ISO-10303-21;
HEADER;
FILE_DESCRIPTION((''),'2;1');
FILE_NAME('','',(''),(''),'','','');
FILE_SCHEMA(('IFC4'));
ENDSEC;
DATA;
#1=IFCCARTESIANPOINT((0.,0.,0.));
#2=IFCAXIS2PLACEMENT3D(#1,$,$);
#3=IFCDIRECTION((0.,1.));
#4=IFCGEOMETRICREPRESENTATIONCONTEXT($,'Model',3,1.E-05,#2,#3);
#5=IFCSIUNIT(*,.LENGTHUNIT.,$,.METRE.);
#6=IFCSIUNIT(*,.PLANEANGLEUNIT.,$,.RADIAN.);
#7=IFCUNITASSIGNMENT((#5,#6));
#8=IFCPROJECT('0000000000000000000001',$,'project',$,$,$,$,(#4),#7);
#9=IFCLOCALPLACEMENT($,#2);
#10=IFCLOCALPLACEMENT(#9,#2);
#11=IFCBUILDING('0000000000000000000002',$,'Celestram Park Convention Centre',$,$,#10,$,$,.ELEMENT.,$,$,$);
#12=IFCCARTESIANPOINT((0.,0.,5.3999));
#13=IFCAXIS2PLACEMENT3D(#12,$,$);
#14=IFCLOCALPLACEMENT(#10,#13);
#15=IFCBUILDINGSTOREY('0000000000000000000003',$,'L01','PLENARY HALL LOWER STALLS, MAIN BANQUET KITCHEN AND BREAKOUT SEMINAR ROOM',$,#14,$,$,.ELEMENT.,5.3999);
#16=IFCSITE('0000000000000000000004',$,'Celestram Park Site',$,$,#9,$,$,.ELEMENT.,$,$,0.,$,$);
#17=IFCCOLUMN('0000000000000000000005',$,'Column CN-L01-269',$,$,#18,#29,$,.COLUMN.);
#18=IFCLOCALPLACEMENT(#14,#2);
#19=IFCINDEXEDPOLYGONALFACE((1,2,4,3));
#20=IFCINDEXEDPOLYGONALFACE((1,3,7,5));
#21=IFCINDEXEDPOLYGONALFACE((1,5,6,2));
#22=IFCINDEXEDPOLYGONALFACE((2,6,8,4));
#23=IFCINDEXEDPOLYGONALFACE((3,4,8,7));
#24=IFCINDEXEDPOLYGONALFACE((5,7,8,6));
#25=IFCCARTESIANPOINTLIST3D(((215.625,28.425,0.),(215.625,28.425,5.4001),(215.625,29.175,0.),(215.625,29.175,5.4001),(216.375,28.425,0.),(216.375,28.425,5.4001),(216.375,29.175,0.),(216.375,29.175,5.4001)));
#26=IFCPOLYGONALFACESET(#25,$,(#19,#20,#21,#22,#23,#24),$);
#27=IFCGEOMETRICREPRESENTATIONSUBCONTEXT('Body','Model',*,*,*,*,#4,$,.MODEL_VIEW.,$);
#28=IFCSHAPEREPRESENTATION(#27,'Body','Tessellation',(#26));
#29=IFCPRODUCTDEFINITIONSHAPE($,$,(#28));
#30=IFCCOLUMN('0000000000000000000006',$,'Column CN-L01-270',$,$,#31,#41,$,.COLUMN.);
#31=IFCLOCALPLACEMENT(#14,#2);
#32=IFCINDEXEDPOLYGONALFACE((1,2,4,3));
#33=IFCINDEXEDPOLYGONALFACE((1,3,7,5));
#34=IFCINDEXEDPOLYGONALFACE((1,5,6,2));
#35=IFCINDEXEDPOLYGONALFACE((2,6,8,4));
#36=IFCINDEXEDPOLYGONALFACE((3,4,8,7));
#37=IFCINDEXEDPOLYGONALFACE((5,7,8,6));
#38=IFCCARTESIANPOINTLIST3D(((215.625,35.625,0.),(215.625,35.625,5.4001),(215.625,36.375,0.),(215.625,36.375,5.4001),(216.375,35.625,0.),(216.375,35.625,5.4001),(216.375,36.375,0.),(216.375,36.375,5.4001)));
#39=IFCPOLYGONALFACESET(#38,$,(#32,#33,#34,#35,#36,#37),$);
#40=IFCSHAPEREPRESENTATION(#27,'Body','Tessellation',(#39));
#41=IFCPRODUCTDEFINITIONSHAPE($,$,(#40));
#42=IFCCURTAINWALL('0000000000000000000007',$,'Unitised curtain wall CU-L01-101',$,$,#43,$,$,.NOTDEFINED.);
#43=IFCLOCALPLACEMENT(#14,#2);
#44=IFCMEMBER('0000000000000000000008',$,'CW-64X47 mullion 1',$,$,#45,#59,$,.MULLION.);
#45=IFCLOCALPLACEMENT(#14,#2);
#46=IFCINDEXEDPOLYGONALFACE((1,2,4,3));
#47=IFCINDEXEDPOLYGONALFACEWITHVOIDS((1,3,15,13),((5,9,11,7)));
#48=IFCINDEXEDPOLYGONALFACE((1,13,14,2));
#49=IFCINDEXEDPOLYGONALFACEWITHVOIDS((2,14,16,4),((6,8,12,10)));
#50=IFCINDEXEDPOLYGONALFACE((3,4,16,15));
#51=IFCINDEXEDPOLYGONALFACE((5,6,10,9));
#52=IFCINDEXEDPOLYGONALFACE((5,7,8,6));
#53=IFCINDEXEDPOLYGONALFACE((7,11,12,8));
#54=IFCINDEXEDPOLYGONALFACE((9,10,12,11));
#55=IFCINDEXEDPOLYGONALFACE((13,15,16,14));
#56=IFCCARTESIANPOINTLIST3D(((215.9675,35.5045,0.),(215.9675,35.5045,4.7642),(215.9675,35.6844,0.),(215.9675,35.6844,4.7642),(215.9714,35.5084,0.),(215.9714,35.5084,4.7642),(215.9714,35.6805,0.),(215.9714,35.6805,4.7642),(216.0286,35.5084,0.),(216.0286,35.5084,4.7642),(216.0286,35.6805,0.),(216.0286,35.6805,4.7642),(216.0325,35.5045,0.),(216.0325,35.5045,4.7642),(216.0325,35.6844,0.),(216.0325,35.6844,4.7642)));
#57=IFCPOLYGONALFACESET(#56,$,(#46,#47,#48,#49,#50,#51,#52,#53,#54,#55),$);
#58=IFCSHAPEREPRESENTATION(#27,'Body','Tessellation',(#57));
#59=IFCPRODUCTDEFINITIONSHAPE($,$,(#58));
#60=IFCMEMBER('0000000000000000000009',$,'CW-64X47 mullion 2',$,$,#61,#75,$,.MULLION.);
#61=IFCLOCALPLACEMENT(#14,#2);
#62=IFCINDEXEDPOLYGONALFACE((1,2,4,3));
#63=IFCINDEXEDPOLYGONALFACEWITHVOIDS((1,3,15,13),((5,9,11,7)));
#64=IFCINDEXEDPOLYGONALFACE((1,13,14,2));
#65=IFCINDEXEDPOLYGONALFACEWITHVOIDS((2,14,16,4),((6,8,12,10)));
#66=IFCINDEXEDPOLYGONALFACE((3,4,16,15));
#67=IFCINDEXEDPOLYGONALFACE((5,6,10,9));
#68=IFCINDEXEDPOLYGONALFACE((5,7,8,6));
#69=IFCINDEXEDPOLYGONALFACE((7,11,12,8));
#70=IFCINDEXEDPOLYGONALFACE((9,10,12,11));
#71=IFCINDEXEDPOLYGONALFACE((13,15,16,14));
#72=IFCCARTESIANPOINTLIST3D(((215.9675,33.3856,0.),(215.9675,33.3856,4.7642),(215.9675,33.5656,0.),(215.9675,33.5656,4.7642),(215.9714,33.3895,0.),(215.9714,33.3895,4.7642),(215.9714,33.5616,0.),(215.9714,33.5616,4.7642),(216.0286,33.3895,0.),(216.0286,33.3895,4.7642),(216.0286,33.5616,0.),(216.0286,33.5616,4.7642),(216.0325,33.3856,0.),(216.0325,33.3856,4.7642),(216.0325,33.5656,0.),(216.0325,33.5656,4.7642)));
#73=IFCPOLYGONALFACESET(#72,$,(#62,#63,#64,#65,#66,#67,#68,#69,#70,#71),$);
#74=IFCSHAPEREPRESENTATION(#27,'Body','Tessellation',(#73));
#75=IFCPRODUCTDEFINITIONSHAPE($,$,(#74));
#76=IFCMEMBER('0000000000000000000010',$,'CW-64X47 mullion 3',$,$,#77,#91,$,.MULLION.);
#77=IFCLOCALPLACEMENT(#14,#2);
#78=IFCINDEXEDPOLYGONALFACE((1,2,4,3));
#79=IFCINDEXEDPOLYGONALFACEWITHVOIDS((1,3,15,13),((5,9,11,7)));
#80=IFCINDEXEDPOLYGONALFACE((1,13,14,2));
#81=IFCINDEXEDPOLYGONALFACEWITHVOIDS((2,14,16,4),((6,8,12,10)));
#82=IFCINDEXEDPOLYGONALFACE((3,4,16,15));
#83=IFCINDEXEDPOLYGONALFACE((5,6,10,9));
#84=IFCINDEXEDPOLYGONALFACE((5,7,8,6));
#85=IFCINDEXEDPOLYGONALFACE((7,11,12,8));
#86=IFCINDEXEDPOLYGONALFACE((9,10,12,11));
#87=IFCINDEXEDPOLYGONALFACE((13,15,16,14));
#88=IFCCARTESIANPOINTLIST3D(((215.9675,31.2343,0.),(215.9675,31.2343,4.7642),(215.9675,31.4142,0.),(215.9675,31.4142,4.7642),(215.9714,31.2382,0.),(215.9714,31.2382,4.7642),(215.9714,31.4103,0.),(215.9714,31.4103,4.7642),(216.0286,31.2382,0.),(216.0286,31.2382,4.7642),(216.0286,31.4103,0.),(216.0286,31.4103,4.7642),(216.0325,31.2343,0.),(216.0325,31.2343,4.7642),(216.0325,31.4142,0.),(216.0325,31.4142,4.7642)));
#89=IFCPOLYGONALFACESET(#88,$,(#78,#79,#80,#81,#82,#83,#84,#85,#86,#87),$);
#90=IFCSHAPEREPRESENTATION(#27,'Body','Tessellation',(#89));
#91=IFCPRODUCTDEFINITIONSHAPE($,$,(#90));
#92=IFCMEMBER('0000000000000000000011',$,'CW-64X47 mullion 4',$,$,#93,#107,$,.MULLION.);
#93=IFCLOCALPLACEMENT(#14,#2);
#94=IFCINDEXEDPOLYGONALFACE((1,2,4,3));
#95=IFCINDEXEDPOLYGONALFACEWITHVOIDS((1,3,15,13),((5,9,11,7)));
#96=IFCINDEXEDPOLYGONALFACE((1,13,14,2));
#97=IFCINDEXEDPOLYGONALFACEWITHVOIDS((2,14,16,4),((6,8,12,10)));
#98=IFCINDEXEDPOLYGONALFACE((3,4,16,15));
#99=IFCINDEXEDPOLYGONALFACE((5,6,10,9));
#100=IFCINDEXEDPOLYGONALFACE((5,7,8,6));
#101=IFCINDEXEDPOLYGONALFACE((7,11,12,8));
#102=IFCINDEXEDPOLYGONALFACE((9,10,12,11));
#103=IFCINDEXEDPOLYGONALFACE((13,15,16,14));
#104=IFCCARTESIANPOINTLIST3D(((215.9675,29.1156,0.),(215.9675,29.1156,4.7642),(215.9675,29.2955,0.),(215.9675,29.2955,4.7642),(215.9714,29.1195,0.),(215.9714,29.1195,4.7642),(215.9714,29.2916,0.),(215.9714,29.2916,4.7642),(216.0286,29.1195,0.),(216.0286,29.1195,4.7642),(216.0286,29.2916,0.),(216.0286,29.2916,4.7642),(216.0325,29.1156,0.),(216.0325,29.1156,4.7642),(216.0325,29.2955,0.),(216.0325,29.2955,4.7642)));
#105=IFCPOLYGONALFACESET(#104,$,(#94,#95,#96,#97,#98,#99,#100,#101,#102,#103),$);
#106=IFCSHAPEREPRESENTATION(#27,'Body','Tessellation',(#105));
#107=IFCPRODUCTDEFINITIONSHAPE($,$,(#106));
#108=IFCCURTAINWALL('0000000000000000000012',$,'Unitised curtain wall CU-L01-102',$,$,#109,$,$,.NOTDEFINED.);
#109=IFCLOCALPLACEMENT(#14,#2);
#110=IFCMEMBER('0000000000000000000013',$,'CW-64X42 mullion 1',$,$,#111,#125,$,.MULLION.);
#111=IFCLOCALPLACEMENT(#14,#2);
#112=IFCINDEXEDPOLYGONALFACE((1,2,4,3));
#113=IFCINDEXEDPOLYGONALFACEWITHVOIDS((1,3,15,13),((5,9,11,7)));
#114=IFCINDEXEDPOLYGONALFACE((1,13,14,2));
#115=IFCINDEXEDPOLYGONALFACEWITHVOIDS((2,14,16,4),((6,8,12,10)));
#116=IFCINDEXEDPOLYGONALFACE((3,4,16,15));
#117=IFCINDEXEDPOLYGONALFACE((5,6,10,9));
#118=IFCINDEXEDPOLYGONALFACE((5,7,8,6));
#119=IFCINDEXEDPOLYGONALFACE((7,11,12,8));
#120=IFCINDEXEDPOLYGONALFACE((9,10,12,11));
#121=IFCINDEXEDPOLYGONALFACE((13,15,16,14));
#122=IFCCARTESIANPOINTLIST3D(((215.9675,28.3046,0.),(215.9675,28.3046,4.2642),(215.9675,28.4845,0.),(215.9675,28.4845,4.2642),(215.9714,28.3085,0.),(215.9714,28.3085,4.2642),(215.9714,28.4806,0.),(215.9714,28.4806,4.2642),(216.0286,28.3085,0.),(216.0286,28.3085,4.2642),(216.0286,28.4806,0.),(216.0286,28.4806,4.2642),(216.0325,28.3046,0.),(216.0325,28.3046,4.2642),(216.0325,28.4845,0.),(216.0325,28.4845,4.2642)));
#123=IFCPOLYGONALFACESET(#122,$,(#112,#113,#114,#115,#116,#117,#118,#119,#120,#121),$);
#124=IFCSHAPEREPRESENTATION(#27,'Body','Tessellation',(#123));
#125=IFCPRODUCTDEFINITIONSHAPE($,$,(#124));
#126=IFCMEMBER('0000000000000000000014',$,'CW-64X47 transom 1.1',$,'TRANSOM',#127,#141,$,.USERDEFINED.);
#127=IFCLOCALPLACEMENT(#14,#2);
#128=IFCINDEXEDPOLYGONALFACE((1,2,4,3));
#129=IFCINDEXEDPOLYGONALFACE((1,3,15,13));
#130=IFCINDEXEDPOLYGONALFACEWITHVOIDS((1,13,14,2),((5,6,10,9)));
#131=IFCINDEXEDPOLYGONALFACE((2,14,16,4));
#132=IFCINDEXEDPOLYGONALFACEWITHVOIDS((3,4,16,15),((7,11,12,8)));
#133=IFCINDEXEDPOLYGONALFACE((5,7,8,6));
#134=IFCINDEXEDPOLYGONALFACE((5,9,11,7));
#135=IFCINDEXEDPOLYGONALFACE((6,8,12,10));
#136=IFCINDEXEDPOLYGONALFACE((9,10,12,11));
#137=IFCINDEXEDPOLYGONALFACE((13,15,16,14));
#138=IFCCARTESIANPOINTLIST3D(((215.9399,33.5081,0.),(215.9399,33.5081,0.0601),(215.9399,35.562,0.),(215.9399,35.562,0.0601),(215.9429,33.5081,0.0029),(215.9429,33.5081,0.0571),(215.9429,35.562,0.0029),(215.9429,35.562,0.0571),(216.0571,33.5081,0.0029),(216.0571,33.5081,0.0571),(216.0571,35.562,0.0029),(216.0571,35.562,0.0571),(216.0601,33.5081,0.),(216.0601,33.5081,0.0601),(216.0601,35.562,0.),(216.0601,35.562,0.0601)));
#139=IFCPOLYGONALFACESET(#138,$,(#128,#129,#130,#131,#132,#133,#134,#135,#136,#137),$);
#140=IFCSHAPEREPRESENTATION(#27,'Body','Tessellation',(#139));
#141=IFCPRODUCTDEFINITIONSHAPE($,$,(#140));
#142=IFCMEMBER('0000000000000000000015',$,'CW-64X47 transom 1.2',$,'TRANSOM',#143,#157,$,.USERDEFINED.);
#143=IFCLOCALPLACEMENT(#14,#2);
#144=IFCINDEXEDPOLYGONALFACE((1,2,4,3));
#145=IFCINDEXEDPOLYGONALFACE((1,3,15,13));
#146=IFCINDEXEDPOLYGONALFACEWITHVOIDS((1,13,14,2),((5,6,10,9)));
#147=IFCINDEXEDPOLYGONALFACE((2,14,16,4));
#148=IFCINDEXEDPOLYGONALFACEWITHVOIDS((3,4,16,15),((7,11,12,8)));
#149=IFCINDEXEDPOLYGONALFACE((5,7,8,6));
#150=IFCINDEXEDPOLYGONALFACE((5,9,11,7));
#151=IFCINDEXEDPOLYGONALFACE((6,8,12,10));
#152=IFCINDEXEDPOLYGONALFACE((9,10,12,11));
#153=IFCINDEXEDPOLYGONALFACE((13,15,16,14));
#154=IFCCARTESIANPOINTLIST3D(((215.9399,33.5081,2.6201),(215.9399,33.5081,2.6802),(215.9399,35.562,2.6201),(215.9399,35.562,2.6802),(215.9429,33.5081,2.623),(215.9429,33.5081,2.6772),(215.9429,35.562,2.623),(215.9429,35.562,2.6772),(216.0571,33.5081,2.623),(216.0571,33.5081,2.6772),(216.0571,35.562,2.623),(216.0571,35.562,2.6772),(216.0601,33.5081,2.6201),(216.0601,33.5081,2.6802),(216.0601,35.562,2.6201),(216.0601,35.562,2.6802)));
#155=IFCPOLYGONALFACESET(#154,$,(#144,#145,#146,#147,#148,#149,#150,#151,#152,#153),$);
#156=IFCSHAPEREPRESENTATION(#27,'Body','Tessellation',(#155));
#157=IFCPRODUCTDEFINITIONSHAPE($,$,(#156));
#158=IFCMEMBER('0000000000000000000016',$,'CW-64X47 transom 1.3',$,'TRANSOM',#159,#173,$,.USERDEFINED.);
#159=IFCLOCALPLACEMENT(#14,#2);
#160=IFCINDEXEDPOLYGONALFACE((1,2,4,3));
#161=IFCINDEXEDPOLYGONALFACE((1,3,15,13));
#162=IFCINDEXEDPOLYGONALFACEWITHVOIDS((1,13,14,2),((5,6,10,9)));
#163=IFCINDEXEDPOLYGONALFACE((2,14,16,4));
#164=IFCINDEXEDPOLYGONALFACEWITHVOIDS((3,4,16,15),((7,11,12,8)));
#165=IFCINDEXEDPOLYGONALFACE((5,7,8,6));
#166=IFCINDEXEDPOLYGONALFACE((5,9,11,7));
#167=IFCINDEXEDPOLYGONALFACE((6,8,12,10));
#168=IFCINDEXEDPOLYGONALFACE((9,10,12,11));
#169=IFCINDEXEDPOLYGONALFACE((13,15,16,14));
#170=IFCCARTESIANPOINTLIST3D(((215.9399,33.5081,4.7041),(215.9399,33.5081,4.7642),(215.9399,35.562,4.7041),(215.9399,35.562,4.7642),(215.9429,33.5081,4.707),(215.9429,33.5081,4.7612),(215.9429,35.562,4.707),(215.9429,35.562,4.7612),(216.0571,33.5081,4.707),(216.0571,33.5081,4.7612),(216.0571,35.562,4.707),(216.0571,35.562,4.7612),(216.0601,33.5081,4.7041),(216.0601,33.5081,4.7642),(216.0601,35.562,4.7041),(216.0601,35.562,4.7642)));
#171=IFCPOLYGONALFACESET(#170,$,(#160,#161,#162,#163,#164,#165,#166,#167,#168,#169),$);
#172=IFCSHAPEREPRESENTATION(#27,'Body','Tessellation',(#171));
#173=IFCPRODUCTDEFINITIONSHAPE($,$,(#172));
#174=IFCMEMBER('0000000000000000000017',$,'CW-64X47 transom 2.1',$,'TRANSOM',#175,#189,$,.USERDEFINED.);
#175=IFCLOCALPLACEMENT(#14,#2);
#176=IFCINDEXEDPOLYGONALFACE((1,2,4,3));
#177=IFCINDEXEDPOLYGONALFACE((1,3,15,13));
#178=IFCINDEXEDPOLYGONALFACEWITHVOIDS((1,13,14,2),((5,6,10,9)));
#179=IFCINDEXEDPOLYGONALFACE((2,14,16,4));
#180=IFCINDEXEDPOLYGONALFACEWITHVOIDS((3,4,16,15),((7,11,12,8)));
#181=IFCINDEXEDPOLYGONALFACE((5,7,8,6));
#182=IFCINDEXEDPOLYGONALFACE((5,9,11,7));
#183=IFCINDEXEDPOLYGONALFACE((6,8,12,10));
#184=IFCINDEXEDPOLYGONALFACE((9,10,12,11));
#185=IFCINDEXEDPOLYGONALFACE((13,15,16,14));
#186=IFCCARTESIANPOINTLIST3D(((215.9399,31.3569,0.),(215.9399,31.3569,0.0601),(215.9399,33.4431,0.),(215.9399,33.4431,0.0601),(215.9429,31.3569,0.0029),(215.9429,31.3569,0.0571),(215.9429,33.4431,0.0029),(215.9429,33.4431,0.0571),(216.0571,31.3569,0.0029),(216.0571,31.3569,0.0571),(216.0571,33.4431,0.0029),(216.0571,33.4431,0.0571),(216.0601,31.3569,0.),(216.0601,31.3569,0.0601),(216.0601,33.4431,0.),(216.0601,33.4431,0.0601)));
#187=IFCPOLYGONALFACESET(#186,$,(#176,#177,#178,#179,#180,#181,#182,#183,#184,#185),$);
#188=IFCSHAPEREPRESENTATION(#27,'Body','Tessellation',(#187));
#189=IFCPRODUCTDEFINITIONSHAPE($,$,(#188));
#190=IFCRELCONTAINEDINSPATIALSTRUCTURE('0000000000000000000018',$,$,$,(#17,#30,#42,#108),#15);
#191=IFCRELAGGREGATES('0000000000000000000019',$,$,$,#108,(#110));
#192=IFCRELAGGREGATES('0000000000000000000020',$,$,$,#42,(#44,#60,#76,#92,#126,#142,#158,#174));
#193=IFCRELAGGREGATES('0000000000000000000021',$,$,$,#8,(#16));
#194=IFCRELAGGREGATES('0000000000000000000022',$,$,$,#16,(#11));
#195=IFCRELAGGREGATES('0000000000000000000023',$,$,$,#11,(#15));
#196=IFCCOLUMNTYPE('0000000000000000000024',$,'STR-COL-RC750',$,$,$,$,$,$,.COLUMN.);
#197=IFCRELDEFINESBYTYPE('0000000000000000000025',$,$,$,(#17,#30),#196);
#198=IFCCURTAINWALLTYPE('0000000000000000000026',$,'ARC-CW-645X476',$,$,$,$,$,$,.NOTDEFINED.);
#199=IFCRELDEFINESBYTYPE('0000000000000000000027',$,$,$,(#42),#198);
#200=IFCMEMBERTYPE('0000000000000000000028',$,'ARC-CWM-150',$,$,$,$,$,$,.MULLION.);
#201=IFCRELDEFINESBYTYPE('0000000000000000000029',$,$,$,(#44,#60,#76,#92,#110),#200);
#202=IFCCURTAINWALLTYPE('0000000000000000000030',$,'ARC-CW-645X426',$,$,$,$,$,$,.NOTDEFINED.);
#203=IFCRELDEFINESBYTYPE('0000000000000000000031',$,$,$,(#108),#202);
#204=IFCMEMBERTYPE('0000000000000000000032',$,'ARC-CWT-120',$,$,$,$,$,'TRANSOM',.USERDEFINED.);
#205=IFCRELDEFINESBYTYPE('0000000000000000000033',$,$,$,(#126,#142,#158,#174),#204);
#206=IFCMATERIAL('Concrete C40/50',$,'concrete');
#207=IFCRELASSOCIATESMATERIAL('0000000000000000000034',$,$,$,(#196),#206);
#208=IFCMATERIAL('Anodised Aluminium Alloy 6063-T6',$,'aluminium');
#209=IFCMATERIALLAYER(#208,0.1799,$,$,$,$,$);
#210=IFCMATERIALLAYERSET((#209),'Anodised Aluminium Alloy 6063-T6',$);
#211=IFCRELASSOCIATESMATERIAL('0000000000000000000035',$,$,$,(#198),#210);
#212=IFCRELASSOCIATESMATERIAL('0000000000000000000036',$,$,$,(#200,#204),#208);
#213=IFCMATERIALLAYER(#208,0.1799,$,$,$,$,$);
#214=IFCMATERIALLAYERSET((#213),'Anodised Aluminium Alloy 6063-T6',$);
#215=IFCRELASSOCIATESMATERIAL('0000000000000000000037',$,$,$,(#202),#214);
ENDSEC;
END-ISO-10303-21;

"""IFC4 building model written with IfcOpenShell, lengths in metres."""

from ifc_helpers import new_model, si_unit, direction, frame, origin, origin_2d, place, context, subcontext, project, spatial, rectangle, hollow_rectangle, extrude, material, layer, layer_set, material_profile, profile_set, type_object, element, aggregate, save


model = new_model("IFC4")

# Units and contexts
model_context = context("Model", 3, precision=1e-05, world=origin(), true_north=direction((0.0, 1.0)))
body_context = subcontext(model_context, "Body", "Model", "MODEL_VIEW")
ifc_project = project(units=[si_unit("LENGTHUNIT", "METRE"), si_unit("PLANEANGLEUNIT", "RADIAN")], contexts=[model_context])

# Site, building, storey
site_placement = place(None, origin())
site = spatial("IfcSite", under=ifc_project, at=site_placement, Name="Celestram Park Site", CompositionType="ELEMENT", RefElevation=0.0)
building_placement = place(site_placement, origin())
building = spatial("IfcBuilding", under=site, at=building_placement, Name="Celestram Park Convention Centre", CompositionType="ELEMENT")
storey_placement = place(building_placement, frame((0.0, 0.0, 5.3999)))
storey = spatial("IfcBuildingStorey", under=building, at=storey_placement, Name="L01", Description="PLENARY HALL LOWER STALLS, MAIN BANQUET KITCHEN AND BREAKOUT SEMINAR ROOM", CompositionType="ELEMENT", Elevation=5.3999)

# Columns
ifc_material_1 = material(Name="Concrete C40/50", Category="concrete")
ifc_material_profile_1 = material_profile(ifc_material_1, rectangle(XDim=0.75, YDim=0.75, at=origin_2d()), Name="RC750X750")
ifc_profile_set_1 = profile_set([ifc_material_profile_1], Name="Concrete C40/50")
column_type = type_object("IfcColumnType", Name="STR-COL-RC750", PredefinedType="COLUMN", material=ifc_profile_set_1)
for number, where, z_axis, x_axis, name in (
    (1, (216.0, 28.8, 0.0), (0.0, 0.0, 1.0), (1.0, 0.0, 0.0), "Column CN-L01-269"),
    (2, (216.0, 36.0, 0.0), (0.0, 0.0, 1.0), (1.0, 0.0, 0.0), "Column CN-L01-270"),
):
    element("IfcColumn", number, at=place(storey_placement, frame(where, z_axis=z_axis, x_axis=x_axis)), inside=storey, type_object=column_type, Name=name, PredefinedType="COLUMN", context=body_context, shape_type="SweptSolid", body=[
        extrude(rectangle(XDim=0.75, YDim=0.75, at=origin_2d()), origin(), (0.0, 0.0, 1.0), 5.4001),
    ])

# Curtain wall, members
ifc_material_2 = material(Name="Anodised Aluminium Alloy 6063-T6", Category="aluminium")
ifc_layer_1 = layer(ifc_material_2, 0.1799)
ifc_layer_set_1 = layer_set([ifc_layer_1], Name="Anodised Aluminium Alloy 6063-T6")
curtain_wall_type_1 = type_object("IfcCurtainWallType", Name="ARC-CW-645X476", PredefinedType="NOTDEFINED", material=ifc_layer_set_1)
curtain_wall_1_placement = place(storey_placement, origin())
curtain_wall_1 = element("IfcCurtainWall", 3, at=curtain_wall_1_placement, inside=storey, type_object=curtain_wall_type_1, Name="Unitised curtain wall CU-L01-101", PredefinedType="NOTDEFINED")
ifc_material_profile_2 = material_profile(ifc_material_2, hollow_rectangle(XDim=0.0649, YDim=0.1799, WallThickness=0.0039, at=origin_2d()), Name="ALU65X180X4")
ifc_profile_set_2 = profile_set([ifc_material_profile_2], Name="Anodised Aluminium Alloy 6063-T6")
member_type_1 = type_object("IfcMemberType", Name="ARC-CWM-150", PredefinedType="MULLION", material=ifc_profile_set_2)
member_1_placement = place(storey_placement, frame((216.0, 35.5945, 0.0), z_axis=(0.0, 0.0, 1.0), x_axis=(1.0, 0.0, 0.0)))
member_1 = element("IfcMember", 4, at=member_1_placement, type_object=member_type_1, Name="CW-64X47 mullion 1", PredefinedType="MULLION", context=body_context, shape_type="SweptSolid", body=[
    extrude(hollow_rectangle(XDim=0.0649, YDim=0.1799, WallThickness=0.0039, at=origin_2d()), origin(), (0.0, 0.0, 1.0), 4.7642),
])
member_2_placement = place(storey_placement, frame((216.0, 33.4756, 0.0), z_axis=(0.0, 0.0, 1.0), x_axis=(1.0, 0.0, 0.0)))
member_2 = element("IfcMember", 5, at=member_2_placement, type_object=member_type_1, Name="CW-64X47 mullion 2", PredefinedType="MULLION", context=body_context, shape_type="SweptSolid", body=[
    extrude(hollow_rectangle(XDim=0.0649, YDim=0.1799, WallThickness=0.0039, at=origin_2d()), origin(), (0.0, 0.0, 1.0), 4.7642),
])
member_3_placement = place(storey_placement, frame((216.0, 31.3242, 0.0), z_axis=(0.0, 0.0, 1.0), x_axis=(1.0, 0.0, 0.0)))
member_3 = element("IfcMember", 6, at=member_3_placement, type_object=member_type_1, Name="CW-64X47 mullion 3", PredefinedType="MULLION", context=body_context, shape_type="SweptSolid", body=[
    extrude(hollow_rectangle(XDim=0.0649, YDim=0.1799, WallThickness=0.0039, at=origin_2d()), origin(), (0.0, 0.0, 1.0), 4.7642),
])
member_4_placement = place(storey_placement, frame((216.0, 29.2056, 0.0), z_axis=(0.0, 0.0, 1.0), x_axis=(1.0, 0.0, 0.0)))
member_4 = element("IfcMember", 7, at=member_4_placement, type_object=member_type_1, Name="CW-64X47 mullion 4", PredefinedType="MULLION", context=body_context, shape_type="SweptSolid", body=[
    extrude(hollow_rectangle(XDim=0.0649, YDim=0.1799, WallThickness=0.0039, at=origin_2d()), origin(), (0.0, 0.0, 1.0), 4.7642),
])

# Curtain wall, member
ifc_layer_2 = layer(ifc_material_2, 0.1799)
ifc_layer_set_2 = layer_set([ifc_layer_2], Name="Anodised Aluminium Alloy 6063-T6")
curtain_wall_type_2 = type_object("IfcCurtainWallType", Name="ARC-CW-645X426", PredefinedType="NOTDEFINED", material=ifc_layer_set_2)
curtain_wall_2_placement = place(storey_placement, origin())
curtain_wall_2 = element("IfcCurtainWall", 8, at=curtain_wall_2_placement, inside=storey, type_object=curtain_wall_type_2, Name="Unitised curtain wall CU-L01-102", PredefinedType="NOTDEFINED")
member_5_placement = place(storey_placement, frame((216.0, 28.3945, 0.0), z_axis=(0.0, 0.0, 1.0), x_axis=(1.0, 0.0, 0.0)))
member_5 = element("IfcMember", 9, at=member_5_placement, type_object=member_type_1, Name="CW-64X42 mullion 1", PredefinedType="MULLION", context=body_context, shape_type="SweptSolid", body=[
    extrude(hollow_rectangle(XDim=0.0649, YDim=0.1799, WallThickness=0.0039, at=origin_2d()), origin(), (0.0, 0.0, 1.0), 4.2642),
])
aggregate(curtain_wall_2, [member_5])

# Members
ifc_material_profile_3 = material_profile(ifc_material_2, hollow_rectangle(XDim=0.1201, YDim=0.0601, WallThickness=0.0029, at=origin_2d()), Name="ALU120X60X3")
ifc_profile_set_3 = profile_set([ifc_material_profile_3], Name="Anodised Aluminium Alloy 6063-T6")
member_type_2 = type_object("IfcMemberType", Name="ARC-CWT-120", ElementType="TRANSOM", PredefinedType="USERDEFINED", material=ifc_profile_set_3)
member_6_placement = place(storey_placement, frame((216.0, 35.562, 0.03), z_axis=(0.0, -1.0, 0.0), x_axis=(1.0, 0.0, 0.0)))
member_6 = element("IfcMember", 10, at=member_6_placement, type_object=member_type_2, Name="CW-64X47 transom 1.1", ObjectType="TRANSOM", PredefinedType="USERDEFINED", context=body_context, shape_type="SweptSolid", body=[
    extrude(hollow_rectangle(XDim=0.1201, YDim=0.0601, WallThickness=0.0029, at=origin_2d()), origin(), (0.0, 0.0, 1.0), 2.054),
])
member_7_placement = place(storey_placement, frame((216.0, 35.562, 2.6501), z_axis=(0.0, -1.0, 0.0), x_axis=(1.0, 0.0, 0.0)))
member_7 = element("IfcMember", 11, at=member_7_placement, type_object=member_type_2, Name="CW-64X47 transom 1.2", ObjectType="TRANSOM", PredefinedType="USERDEFINED", context=body_context, shape_type="SweptSolid", body=[
    extrude(hollow_rectangle(XDim=0.1201, YDim=0.0601, WallThickness=0.0029, at=origin_2d()), origin(), (0.0, 0.0, 1.0), 2.054),
])
member_8_placement = place(storey_placement, frame((216.0, 35.562, 4.7341), z_axis=(0.0, -1.0, 0.0), x_axis=(1.0, 0.0, 0.0)))
member_8 = element("IfcMember", 12, at=member_8_placement, type_object=member_type_2, Name="CW-64X47 transom 1.3", ObjectType="TRANSOM", PredefinedType="USERDEFINED", context=body_context, shape_type="SweptSolid", body=[
    extrude(hollow_rectangle(XDim=0.1201, YDim=0.0601, WallThickness=0.0029, at=origin_2d()), origin(), (0.0, 0.0, 1.0), 2.054),
])
member_9_placement = place(storey_placement, frame((216.0, 33.4431, 0.03), z_axis=(0.0, -1.0, 0.0), x_axis=(1.0, 0.0, 0.0)))
member_9 = element("IfcMember", 13, at=member_9_placement, type_object=member_type_2, Name="CW-64X47 transom 2.1", ObjectType="TRANSOM", PredefinedType="USERDEFINED", context=body_context, shape_type="SweptSolid", body=[
    extrude(hollow_rectangle(XDim=0.1201, YDim=0.0601, WallThickness=0.0029, at=origin_2d()), origin(), (0.0, 0.0, 1.0), 2.0862),
])

aggregate(curtain_wall_1, [member_1, member_2, member_3, member_4, member_6, member_7, member_8, member_9])

save(model, "model.ifc")
